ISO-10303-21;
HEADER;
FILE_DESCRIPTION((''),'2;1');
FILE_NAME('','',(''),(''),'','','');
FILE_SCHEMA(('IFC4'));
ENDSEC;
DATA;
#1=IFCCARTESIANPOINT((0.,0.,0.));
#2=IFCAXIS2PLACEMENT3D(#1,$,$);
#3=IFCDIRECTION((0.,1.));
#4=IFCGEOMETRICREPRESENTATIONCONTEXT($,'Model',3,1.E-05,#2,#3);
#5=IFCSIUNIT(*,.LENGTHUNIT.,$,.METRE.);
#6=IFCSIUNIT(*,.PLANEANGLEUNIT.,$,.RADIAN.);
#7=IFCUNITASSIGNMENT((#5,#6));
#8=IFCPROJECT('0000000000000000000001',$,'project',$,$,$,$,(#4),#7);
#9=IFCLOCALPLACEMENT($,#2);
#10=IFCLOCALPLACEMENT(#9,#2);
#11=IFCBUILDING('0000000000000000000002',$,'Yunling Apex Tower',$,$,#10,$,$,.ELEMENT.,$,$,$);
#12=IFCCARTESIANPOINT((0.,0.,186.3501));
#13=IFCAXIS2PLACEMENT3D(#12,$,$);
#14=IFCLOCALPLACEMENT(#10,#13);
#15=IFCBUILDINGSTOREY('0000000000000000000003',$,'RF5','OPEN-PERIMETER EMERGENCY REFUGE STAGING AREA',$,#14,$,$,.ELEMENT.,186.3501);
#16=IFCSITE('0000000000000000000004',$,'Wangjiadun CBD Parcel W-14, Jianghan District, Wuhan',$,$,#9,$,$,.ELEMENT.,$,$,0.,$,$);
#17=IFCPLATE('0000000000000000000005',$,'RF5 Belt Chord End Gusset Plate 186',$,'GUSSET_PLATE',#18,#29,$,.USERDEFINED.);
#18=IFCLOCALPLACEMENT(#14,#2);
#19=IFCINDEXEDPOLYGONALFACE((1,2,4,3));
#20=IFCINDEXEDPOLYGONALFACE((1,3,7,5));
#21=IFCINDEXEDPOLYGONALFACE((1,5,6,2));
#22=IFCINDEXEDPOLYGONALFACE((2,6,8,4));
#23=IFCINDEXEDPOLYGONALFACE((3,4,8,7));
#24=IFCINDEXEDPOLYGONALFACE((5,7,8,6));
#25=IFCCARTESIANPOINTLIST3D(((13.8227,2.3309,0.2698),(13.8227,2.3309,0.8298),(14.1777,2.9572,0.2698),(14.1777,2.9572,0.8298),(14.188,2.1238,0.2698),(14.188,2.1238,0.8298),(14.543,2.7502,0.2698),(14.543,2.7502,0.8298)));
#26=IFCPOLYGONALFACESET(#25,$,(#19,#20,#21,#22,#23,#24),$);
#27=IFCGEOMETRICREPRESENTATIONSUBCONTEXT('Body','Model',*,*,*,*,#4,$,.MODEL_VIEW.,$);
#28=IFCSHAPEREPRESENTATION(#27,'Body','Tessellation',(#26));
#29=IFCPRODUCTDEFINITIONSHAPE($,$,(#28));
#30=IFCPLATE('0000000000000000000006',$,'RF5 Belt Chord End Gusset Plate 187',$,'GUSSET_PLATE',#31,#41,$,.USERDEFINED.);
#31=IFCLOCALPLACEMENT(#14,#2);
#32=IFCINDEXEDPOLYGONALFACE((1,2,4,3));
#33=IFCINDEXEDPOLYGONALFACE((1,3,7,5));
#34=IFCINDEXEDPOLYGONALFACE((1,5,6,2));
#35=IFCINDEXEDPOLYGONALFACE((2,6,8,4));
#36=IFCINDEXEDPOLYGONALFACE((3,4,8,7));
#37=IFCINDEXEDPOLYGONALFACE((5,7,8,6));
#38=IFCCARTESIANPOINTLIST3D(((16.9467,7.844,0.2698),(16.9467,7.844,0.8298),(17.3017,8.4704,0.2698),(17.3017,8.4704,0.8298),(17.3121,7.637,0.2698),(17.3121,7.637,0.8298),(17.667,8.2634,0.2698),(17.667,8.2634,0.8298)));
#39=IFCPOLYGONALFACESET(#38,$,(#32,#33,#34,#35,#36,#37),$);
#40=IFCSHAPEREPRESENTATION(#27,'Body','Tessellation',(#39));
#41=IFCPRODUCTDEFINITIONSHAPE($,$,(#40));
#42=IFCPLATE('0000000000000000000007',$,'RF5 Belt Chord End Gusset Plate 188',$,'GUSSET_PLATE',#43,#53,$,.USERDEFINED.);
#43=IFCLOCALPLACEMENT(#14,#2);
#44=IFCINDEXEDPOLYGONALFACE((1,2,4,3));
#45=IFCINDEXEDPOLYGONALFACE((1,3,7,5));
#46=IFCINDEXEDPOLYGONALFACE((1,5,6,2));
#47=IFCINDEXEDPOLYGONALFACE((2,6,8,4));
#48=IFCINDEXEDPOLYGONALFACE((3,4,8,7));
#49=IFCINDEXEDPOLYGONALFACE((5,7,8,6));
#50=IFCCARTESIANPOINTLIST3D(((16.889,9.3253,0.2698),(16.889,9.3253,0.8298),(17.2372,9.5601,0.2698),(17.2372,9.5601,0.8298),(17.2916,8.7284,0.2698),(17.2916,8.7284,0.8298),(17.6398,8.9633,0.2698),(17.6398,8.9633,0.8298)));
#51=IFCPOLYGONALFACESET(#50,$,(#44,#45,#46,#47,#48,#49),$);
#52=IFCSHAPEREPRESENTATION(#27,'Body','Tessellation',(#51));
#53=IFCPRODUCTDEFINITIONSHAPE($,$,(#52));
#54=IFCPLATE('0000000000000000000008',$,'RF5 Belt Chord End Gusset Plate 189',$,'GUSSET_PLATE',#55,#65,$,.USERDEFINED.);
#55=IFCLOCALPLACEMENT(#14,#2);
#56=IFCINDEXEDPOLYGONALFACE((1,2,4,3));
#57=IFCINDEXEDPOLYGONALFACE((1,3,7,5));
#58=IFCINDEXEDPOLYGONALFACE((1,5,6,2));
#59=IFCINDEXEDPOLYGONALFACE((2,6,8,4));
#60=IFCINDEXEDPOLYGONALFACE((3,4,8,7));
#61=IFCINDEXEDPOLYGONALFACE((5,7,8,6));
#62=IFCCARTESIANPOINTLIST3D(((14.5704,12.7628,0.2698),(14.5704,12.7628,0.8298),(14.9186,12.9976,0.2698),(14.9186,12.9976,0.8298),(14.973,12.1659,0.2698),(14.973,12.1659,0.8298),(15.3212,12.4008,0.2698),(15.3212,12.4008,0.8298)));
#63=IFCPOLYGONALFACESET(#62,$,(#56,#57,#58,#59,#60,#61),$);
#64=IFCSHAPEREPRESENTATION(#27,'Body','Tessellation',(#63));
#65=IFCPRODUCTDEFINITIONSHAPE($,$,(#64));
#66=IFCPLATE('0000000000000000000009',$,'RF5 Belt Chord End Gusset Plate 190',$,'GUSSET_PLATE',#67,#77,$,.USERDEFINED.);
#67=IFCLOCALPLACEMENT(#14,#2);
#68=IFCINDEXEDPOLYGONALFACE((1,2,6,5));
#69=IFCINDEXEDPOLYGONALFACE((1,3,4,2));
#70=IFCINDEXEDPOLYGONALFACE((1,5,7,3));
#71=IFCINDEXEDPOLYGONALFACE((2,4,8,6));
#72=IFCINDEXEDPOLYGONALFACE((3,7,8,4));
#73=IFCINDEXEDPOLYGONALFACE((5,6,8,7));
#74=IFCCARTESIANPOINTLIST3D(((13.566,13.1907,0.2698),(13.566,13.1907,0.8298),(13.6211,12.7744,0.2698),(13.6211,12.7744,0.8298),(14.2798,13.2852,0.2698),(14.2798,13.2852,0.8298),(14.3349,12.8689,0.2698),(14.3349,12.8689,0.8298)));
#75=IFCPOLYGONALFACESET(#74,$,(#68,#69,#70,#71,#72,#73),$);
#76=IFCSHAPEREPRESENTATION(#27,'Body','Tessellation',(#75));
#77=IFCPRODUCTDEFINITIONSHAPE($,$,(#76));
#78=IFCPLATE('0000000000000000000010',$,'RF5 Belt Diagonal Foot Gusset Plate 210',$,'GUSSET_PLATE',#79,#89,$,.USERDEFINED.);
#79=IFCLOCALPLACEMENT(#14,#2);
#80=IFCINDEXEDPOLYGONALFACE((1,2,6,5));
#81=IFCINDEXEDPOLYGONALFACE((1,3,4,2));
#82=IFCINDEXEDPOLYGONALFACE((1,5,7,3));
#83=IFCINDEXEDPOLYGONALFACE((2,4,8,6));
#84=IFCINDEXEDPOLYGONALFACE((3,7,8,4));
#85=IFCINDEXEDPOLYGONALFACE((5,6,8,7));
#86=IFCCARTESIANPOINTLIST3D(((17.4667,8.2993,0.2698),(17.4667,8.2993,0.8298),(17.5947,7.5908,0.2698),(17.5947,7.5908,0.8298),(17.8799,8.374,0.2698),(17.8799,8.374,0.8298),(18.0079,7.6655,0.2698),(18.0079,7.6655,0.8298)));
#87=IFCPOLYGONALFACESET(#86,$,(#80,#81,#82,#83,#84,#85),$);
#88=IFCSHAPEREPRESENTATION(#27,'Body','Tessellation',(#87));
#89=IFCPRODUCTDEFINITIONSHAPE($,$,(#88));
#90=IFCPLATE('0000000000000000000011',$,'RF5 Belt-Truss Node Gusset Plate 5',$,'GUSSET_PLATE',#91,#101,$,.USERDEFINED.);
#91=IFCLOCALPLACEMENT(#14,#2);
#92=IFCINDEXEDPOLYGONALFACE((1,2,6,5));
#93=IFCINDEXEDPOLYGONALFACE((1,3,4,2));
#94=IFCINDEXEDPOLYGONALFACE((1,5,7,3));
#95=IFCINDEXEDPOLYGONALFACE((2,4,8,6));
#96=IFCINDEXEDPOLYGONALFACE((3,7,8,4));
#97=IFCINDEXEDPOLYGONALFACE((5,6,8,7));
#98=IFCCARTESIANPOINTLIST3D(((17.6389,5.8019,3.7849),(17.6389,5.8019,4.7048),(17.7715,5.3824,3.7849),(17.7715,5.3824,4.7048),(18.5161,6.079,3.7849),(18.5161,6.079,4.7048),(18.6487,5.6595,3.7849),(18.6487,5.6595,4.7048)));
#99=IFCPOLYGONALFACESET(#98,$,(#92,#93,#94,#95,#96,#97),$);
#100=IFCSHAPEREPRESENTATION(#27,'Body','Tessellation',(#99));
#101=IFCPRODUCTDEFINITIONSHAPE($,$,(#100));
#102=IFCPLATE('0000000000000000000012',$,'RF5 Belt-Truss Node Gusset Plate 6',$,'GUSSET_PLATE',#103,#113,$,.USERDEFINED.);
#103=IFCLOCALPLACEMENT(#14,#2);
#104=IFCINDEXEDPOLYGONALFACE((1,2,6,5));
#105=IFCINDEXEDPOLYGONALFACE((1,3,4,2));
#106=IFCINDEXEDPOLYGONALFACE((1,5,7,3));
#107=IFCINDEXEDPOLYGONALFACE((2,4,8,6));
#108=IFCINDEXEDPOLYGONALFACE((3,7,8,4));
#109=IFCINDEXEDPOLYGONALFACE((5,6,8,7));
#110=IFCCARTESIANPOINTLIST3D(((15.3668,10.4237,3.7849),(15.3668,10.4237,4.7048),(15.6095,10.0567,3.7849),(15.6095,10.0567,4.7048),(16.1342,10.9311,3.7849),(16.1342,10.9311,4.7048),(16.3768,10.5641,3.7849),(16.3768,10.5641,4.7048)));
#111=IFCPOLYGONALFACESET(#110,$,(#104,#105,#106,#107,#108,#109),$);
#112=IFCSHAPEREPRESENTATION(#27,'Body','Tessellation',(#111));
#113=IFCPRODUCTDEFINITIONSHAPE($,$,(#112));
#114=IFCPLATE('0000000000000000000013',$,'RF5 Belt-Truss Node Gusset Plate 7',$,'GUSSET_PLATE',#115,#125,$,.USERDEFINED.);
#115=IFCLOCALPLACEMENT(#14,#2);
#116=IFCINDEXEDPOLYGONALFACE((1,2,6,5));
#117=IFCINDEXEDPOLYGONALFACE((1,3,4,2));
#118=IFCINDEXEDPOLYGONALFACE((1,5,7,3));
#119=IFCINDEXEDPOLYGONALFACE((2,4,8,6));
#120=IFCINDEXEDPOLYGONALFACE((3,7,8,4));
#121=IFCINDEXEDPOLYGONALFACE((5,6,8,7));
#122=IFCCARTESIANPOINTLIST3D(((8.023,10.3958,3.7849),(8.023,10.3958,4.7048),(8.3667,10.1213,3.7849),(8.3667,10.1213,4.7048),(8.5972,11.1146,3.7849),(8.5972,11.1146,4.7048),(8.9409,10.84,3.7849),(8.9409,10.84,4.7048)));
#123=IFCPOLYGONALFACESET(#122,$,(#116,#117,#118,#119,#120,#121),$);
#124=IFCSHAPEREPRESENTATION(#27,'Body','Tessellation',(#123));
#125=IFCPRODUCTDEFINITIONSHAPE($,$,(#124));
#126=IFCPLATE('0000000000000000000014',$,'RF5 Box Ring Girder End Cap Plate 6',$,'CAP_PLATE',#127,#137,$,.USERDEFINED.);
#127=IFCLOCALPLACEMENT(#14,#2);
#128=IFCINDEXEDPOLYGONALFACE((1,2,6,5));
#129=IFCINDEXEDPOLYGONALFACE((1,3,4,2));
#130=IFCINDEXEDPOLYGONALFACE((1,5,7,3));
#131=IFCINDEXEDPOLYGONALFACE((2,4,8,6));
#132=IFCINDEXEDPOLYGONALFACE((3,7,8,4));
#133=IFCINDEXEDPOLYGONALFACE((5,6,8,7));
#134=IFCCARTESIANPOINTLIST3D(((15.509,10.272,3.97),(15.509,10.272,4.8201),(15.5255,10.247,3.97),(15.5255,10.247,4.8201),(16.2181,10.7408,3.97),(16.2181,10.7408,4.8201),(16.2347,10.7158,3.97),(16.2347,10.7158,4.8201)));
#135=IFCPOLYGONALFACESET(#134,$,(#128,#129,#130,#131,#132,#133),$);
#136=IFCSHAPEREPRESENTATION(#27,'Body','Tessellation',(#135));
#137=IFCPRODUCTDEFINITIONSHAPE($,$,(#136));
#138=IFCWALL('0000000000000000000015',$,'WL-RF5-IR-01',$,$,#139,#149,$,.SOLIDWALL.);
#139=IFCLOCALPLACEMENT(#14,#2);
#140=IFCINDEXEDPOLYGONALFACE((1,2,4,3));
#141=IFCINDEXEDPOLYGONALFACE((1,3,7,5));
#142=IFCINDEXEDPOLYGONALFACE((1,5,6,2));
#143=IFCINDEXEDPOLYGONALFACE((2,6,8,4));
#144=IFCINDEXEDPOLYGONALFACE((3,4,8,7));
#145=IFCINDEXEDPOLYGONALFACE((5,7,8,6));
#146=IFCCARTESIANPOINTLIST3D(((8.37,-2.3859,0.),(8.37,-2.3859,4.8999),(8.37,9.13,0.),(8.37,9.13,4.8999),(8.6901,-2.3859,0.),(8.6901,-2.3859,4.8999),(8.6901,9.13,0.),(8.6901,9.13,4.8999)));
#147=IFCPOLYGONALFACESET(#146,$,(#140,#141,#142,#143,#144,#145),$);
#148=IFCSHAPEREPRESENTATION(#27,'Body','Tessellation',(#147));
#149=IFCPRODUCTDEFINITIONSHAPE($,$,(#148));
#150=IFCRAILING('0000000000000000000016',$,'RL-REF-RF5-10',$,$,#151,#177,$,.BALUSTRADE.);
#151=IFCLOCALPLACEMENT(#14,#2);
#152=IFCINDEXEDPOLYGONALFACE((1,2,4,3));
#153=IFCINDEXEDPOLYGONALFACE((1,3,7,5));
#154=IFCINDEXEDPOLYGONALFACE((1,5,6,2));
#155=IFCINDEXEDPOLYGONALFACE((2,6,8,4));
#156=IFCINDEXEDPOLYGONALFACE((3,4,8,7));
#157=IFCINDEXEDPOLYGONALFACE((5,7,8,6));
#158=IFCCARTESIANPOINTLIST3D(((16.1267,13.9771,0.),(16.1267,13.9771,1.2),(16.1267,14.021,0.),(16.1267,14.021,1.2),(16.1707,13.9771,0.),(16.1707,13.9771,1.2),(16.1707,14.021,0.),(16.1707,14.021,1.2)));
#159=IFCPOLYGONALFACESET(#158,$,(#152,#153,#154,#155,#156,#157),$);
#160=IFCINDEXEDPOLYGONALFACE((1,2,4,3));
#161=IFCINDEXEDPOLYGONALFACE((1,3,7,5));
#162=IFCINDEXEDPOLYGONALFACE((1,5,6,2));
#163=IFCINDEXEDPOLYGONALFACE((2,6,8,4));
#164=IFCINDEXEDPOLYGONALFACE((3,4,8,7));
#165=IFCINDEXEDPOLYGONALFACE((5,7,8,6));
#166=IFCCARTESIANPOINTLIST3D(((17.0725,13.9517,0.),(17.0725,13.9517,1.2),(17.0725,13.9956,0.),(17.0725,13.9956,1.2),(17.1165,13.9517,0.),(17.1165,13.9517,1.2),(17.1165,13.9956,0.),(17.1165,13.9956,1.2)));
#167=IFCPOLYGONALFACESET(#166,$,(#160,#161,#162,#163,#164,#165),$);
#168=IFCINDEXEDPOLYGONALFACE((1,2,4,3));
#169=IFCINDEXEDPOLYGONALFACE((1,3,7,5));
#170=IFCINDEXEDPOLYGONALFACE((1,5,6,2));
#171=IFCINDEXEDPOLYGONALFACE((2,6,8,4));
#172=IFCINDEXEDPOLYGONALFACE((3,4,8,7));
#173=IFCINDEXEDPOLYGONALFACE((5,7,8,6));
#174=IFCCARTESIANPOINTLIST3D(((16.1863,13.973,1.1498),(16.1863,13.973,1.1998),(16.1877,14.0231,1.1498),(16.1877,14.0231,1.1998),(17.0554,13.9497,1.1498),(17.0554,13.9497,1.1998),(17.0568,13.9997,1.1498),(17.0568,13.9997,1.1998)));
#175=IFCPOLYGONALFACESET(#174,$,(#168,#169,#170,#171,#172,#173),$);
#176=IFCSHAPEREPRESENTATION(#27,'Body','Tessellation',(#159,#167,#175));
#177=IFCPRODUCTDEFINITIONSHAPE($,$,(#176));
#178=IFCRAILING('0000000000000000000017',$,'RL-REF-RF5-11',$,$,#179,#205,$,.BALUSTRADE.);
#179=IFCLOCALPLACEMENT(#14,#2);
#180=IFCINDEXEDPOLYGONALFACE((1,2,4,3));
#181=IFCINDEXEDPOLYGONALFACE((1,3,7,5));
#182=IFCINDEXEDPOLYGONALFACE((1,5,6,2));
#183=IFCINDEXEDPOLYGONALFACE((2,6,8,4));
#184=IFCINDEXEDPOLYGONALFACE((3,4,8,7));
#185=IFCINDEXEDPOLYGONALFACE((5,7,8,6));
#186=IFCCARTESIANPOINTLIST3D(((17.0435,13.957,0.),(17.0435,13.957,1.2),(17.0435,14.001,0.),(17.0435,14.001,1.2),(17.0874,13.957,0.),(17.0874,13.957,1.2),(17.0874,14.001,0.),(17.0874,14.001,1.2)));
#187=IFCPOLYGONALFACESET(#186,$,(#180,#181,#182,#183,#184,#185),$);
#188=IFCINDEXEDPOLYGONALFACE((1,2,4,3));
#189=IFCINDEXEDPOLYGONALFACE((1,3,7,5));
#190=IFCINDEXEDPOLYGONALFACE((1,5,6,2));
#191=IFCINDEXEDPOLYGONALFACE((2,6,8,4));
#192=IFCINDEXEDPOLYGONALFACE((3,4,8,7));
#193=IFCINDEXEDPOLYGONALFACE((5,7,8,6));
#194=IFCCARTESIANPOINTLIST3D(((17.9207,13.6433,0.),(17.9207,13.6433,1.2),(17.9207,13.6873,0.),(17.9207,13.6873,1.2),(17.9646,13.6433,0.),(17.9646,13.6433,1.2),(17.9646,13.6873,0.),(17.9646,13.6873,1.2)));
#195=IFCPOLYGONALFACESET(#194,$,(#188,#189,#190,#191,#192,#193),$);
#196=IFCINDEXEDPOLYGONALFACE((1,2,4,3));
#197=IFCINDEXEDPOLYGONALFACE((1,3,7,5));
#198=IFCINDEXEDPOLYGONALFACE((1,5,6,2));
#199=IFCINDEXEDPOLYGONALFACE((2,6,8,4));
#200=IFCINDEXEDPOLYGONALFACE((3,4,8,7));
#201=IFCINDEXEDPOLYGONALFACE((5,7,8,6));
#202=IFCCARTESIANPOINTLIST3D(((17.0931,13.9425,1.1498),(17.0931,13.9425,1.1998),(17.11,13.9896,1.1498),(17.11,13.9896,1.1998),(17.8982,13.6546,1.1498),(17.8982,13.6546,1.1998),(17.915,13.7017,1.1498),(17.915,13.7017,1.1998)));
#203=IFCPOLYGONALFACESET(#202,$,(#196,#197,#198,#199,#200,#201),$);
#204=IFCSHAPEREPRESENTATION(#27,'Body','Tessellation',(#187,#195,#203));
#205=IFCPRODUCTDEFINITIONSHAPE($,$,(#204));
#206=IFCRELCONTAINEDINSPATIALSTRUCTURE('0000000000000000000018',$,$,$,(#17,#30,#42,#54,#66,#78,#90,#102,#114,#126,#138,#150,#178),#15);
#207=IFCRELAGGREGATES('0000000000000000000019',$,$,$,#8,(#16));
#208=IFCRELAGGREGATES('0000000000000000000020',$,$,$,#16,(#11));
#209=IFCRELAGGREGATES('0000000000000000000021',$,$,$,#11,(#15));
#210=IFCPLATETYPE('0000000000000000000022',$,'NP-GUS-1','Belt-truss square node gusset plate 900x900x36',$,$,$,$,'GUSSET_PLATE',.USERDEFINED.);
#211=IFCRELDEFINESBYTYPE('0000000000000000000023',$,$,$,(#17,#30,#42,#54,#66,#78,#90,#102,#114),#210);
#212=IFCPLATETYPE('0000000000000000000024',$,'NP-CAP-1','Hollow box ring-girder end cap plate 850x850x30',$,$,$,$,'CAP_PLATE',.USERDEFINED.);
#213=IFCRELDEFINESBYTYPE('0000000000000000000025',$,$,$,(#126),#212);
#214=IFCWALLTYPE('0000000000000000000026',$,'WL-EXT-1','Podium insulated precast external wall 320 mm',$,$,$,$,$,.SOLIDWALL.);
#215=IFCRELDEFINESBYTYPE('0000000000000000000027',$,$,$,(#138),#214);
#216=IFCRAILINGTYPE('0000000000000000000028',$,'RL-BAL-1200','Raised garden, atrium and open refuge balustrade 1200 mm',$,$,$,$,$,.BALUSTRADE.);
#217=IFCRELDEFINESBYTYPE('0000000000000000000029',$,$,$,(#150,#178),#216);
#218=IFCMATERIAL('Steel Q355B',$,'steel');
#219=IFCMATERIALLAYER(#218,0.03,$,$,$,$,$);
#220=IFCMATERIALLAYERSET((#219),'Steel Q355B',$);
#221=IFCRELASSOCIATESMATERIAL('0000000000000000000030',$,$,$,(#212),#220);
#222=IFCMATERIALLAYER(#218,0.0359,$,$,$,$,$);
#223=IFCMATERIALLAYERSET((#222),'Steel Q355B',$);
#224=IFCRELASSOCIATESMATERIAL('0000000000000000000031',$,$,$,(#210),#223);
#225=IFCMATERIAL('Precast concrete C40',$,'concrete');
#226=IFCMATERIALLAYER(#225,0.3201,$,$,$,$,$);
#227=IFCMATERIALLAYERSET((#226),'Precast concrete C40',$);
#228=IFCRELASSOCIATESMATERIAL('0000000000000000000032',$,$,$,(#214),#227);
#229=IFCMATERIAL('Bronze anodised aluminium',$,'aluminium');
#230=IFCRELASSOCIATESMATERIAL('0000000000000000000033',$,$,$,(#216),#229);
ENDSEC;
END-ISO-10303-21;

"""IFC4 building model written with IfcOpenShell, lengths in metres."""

from ifc_helpers import new_model, si_unit, direction, frame, frame_2d, origin, origin_2d, place, context, subcontext, project, spatial, rectangle, extrude, source, transform, mapped, material, layer, layer_set, type_object, element, save


model = new_model("IFC4")

# Units and contexts
model_context = context("Model", 3, precision=1e-05, world=origin(), true_north=direction((0.0, 1.0)))
body_context = subcontext(model_context, "Body", "Model", "MODEL_VIEW")
ifc_project = project(units=[si_unit("LENGTHUNIT", "METRE"), si_unit("PLANEANGLEUNIT", "RADIAN")], contexts=[model_context])

# Site, building, storey
site_placement = place(None, origin())
site = spatial("IfcSite", under=ifc_project, at=site_placement, Name="Wangjiadun CBD Parcel W-14, Jianghan District, Wuhan", CompositionType="ELEMENT", RefElevation=0.0)
building_placement = place(site_placement, origin())
building = spatial("IfcBuilding", under=site, at=building_placement, Name="Yunling Apex Tower", CompositionType="ELEMENT")
storey_placement = place(building_placement, frame((0.0, 0.0, 186.3501)))
storey = spatial("IfcBuildingStorey", under=building, at=storey_placement, Name="RF5", Description="OPEN-PERIMETER EMERGENCY REFUGE STAGING AREA", CompositionType="ELEMENT", Elevation=186.3501)

# Shared definitions
ifc_material_1 = material(Name="Steel Q355B", Category="steel")

# Plates
ifc_layer_1 = layer(ifc_material_1, 0.03)
ifc_layer_set_1 = layer_set([ifc_layer_1], Name="Steel Q355B")
plate_type_1 = type_object("IfcPlateType", Name="NP-CAP-1", Description="Hollow box ring-girder end cap plate 850x850x30", ElementType="CAP_PLATE", PredefinedType="USERDEFINED", material=ifc_layer_set_1)
ifc_layer_2 = layer(ifc_material_1, 0.0359)
ifc_layer_set_2 = layer_set([ifc_layer_2], Name="Steel Q355B")
plate_type_2 = type_object("IfcPlateType", Name="NP-GUS-1", Description="Belt-truss square node gusset plate 900x900x36", ElementType="GUSSET_PLATE", PredefinedType="USERDEFINED", material=ifc_layer_set_2)
shared_shape_1 = source(origin(), body_context, "Body", "SweptSolid", [
    extrude(rectangle(XDim=0.72, YDim=0.4199, at=origin_2d()), origin(), (0.0, 0.0, 1.0), 0.5601),
])
for number, where, z_axis, x_axis, name in (
    (1, (14.1829, 2.5405, 0.2698), (0.0, 0.0, 1.0), (0.493031, 0.870012, 0.0), "RF5 Belt Chord End Gusset Plate 186"),
    (2, (17.3069, 8.0537, 0.2698), (0.0, 0.0, 1.0), (0.493031, 0.870012, 0.0), "RF5 Belt Chord End Gusset Plate 187"),
    (3, (17.2644, 9.1443, 0.2698), (0.0, 0.0, 1.0), (-0.559193, 0.829038, 0.0), "RF5 Belt Chord End Gusset Plate 188"),
    (4, (14.9458, 12.5818, 0.2698), (0.0, 0.0, 1.0), (-0.559193, 0.829038, 0.0), "RF5 Belt Chord End Gusset Plate 189"),
    (5, (13.9504, 13.0298, 0.2698), (0.0, 0.0, 1.0), (-0.991353, -0.131218, 0.0), "RF5 Belt Chord End Gusset Plate 190"),
    (6, (17.7373, 7.9824, 0.2698), (0.0, 0.0, 1.0), (0.177772, -0.984072, 0.0), "RF5 Belt Diagonal Foot Gusset Plate 210"),
):
    element("IfcPlate", number, at=place(storey_placement, frame(where, z_axis=z_axis, x_axis=x_axis)), inside=storey, type_object=plate_type_2, Name=name, ObjectType="GUSSET_PLATE", PredefinedType="USERDEFINED", context=body_context, shape_type="MappedRepresentation", body=[
        mapped(shared_shape_1, transform((0.0, 0.0, 0.0), scale=1.0)),
    ])
shared_shape_2 = source(origin(), body_context, "Body", "SweptSolid", [
    extrude(rectangle(XDim=0.9199, YDim=0.4399, at=origin_2d()), origin(), (0.0, 0.0, 1.0), 0.9199),
])
for number, where, z_axis, x_axis, name in (
    (7, (18.1438, 5.7307, 3.7849), (0.0, 0.0, 1.0), (0.953559, 0.301205, 0.0), "RF5 Belt-Truss Node Gusset Plate 5"),
    (8, (15.8718, 10.4939, 3.7849), (0.0, 0.0, 1.0), (0.834175, 0.5515, 0.0), "RF5 Belt-Truss Node Gusset Plate 6"),
    (9, (8.4819, 10.6179, 3.7849), (0.0, 0.0, 1.0), (0.624152, 0.781303, 0.0), "RF5 Belt-Truss Node Gusset Plate 7"),
):
    element("IfcPlate", number, at=place(storey_placement, frame(where, z_axis=z_axis, x_axis=x_axis)), inside=storey, type_object=plate_type_2, Name=name, ObjectType="GUSSET_PLATE", PredefinedType="USERDEFINED", context=body_context, shape_type="MappedRepresentation", body=[
        mapped(shared_shape_2, transform((0.0, 0.0, 0.0), scale=1.0)),
    ])
shared_shape_3 = source(origin(), body_context, "Body", "SweptSolid", [
    extrude(rectangle(XDim=0.8501, YDim=0.03, at=origin_2d()), origin(), (0.0, 0.0, 1.0), 0.8501),
])
plate_placement = place(storey_placement, frame((15.8718, 10.4939, 3.97), z_axis=(0.0, 0.0, 1.0), x_axis=(0.834175, 0.5515, 0.0)))
element("IfcPlate", 10, at=plate_placement, inside=storey, type_object=plate_type_1, Name="RF5 Box Ring Girder End Cap Plate 6", ObjectType="CAP_PLATE", PredefinedType="USERDEFINED", context=body_context, shape_type="MappedRepresentation", body=[
    mapped(shared_shape_3, transform((0.0, 0.0, 0.0), scale=1.0)),
])

# Wall
ifc_material_2 = material(Name="Precast concrete C40", Category="concrete")
ifc_layer_3 = layer(ifc_material_2, 0.3201)
ifc_layer_set_3 = layer_set([ifc_layer_3], Name="Precast concrete C40")
wall_type = type_object("IfcWallType", Name="WL-EXT-1", Description="Podium insulated precast external wall 320 mm", PredefinedType="SOLIDWALL", material=ifc_layer_set_3)
wall_placement = place(storey_placement, frame((8.53, 9.1299, 0.0), z_axis=(0.0, 0.0, 1.0), x_axis=(0.0, -1.0, 0.0)))
element("IfcWall", 11, at=wall_placement, inside=storey, type_object=wall_type, Name="WL-RF5-IR-01", PredefinedType="SOLIDWALL", context=body_context, shape_type="SweptSolid", body=[
    extrude(rectangle(XDim=11.5159, YDim=0.3201, at=frame_2d((5.7578, 0.0))), origin(), (0.0, 0.0, 1.0), 4.8999),
])

# Railings
ifc_material_3 = material(Name="Bronze anodised aluminium", Category="aluminium")
railing_type = type_object("IfcRailingType", Name="RL-BAL-1200", Description="Raised garden, atrium and open refuge balustrade 1200 mm", PredefinedType="BALUSTRADE", material=ifc_material_3)
railing_1_placement = place(storey_placement, frame((16.1487, 13.999, 0.0)))
element("IfcRailing", 12, at=railing_1_placement, inside=storey, type_object=railing_type, Name="RL-REF-RF5-10", PredefinedType="BALUSTRADE", context=body_context, shape_type="SweptSolid", body=[
    extrude(rectangle(XDim=0.0439, YDim=0.0439, at=origin_2d()), origin(), (0.0, 0.0, 1.0), 1.2),
    extrude(rectangle(XDim=0.0439, YDim=0.0439, at=origin_2d()), frame((0.9458, -0.0254, 0.0)), (0.0, 0.0, 1.0), 1.2),
    extrude(rectangle(XDim=0.05, YDim=0.05, at=origin_2d()), frame((0.0383, -0.001, 1.1748), z_axis=(0.99964, -0.026836, 0.0), x_axis=(0.026836, 0.99964, 0.0)), (0.0, 0.0, 1.0), 0.8694),
])
railing_2_placement = place(storey_placement, frame((17.0654, 13.979, 0.0)))
element("IfcRailing", 13, at=railing_2_placement, inside=storey, type_object=railing_type, Name="RL-REF-RF5-11", PredefinedType="BALUSTRADE", context=body_context, shape_type="SweptSolid", body=[
    extrude(rectangle(XDim=0.0439, YDim=0.0439, at=origin_2d()), origin(), (0.0, 0.0, 1.0), 1.2),
    extrude(rectangle(XDim=0.0439, YDim=0.0439, at=origin_2d()), frame((0.8772, -0.3137, 0.0)), (0.0, 0.0, 1.0), 1.2),
    extrude(rectangle(XDim=0.05, YDim=0.05, at=origin_2d()), frame((0.0361, -0.0129, 1.1748), z_axis=(0.941594, -0.336751, 0.0), x_axis=(0.336751, 0.941594, 0.0)), (0.0, 0.0, 1.0), 0.855),
])

save(model, "model.ifc")
